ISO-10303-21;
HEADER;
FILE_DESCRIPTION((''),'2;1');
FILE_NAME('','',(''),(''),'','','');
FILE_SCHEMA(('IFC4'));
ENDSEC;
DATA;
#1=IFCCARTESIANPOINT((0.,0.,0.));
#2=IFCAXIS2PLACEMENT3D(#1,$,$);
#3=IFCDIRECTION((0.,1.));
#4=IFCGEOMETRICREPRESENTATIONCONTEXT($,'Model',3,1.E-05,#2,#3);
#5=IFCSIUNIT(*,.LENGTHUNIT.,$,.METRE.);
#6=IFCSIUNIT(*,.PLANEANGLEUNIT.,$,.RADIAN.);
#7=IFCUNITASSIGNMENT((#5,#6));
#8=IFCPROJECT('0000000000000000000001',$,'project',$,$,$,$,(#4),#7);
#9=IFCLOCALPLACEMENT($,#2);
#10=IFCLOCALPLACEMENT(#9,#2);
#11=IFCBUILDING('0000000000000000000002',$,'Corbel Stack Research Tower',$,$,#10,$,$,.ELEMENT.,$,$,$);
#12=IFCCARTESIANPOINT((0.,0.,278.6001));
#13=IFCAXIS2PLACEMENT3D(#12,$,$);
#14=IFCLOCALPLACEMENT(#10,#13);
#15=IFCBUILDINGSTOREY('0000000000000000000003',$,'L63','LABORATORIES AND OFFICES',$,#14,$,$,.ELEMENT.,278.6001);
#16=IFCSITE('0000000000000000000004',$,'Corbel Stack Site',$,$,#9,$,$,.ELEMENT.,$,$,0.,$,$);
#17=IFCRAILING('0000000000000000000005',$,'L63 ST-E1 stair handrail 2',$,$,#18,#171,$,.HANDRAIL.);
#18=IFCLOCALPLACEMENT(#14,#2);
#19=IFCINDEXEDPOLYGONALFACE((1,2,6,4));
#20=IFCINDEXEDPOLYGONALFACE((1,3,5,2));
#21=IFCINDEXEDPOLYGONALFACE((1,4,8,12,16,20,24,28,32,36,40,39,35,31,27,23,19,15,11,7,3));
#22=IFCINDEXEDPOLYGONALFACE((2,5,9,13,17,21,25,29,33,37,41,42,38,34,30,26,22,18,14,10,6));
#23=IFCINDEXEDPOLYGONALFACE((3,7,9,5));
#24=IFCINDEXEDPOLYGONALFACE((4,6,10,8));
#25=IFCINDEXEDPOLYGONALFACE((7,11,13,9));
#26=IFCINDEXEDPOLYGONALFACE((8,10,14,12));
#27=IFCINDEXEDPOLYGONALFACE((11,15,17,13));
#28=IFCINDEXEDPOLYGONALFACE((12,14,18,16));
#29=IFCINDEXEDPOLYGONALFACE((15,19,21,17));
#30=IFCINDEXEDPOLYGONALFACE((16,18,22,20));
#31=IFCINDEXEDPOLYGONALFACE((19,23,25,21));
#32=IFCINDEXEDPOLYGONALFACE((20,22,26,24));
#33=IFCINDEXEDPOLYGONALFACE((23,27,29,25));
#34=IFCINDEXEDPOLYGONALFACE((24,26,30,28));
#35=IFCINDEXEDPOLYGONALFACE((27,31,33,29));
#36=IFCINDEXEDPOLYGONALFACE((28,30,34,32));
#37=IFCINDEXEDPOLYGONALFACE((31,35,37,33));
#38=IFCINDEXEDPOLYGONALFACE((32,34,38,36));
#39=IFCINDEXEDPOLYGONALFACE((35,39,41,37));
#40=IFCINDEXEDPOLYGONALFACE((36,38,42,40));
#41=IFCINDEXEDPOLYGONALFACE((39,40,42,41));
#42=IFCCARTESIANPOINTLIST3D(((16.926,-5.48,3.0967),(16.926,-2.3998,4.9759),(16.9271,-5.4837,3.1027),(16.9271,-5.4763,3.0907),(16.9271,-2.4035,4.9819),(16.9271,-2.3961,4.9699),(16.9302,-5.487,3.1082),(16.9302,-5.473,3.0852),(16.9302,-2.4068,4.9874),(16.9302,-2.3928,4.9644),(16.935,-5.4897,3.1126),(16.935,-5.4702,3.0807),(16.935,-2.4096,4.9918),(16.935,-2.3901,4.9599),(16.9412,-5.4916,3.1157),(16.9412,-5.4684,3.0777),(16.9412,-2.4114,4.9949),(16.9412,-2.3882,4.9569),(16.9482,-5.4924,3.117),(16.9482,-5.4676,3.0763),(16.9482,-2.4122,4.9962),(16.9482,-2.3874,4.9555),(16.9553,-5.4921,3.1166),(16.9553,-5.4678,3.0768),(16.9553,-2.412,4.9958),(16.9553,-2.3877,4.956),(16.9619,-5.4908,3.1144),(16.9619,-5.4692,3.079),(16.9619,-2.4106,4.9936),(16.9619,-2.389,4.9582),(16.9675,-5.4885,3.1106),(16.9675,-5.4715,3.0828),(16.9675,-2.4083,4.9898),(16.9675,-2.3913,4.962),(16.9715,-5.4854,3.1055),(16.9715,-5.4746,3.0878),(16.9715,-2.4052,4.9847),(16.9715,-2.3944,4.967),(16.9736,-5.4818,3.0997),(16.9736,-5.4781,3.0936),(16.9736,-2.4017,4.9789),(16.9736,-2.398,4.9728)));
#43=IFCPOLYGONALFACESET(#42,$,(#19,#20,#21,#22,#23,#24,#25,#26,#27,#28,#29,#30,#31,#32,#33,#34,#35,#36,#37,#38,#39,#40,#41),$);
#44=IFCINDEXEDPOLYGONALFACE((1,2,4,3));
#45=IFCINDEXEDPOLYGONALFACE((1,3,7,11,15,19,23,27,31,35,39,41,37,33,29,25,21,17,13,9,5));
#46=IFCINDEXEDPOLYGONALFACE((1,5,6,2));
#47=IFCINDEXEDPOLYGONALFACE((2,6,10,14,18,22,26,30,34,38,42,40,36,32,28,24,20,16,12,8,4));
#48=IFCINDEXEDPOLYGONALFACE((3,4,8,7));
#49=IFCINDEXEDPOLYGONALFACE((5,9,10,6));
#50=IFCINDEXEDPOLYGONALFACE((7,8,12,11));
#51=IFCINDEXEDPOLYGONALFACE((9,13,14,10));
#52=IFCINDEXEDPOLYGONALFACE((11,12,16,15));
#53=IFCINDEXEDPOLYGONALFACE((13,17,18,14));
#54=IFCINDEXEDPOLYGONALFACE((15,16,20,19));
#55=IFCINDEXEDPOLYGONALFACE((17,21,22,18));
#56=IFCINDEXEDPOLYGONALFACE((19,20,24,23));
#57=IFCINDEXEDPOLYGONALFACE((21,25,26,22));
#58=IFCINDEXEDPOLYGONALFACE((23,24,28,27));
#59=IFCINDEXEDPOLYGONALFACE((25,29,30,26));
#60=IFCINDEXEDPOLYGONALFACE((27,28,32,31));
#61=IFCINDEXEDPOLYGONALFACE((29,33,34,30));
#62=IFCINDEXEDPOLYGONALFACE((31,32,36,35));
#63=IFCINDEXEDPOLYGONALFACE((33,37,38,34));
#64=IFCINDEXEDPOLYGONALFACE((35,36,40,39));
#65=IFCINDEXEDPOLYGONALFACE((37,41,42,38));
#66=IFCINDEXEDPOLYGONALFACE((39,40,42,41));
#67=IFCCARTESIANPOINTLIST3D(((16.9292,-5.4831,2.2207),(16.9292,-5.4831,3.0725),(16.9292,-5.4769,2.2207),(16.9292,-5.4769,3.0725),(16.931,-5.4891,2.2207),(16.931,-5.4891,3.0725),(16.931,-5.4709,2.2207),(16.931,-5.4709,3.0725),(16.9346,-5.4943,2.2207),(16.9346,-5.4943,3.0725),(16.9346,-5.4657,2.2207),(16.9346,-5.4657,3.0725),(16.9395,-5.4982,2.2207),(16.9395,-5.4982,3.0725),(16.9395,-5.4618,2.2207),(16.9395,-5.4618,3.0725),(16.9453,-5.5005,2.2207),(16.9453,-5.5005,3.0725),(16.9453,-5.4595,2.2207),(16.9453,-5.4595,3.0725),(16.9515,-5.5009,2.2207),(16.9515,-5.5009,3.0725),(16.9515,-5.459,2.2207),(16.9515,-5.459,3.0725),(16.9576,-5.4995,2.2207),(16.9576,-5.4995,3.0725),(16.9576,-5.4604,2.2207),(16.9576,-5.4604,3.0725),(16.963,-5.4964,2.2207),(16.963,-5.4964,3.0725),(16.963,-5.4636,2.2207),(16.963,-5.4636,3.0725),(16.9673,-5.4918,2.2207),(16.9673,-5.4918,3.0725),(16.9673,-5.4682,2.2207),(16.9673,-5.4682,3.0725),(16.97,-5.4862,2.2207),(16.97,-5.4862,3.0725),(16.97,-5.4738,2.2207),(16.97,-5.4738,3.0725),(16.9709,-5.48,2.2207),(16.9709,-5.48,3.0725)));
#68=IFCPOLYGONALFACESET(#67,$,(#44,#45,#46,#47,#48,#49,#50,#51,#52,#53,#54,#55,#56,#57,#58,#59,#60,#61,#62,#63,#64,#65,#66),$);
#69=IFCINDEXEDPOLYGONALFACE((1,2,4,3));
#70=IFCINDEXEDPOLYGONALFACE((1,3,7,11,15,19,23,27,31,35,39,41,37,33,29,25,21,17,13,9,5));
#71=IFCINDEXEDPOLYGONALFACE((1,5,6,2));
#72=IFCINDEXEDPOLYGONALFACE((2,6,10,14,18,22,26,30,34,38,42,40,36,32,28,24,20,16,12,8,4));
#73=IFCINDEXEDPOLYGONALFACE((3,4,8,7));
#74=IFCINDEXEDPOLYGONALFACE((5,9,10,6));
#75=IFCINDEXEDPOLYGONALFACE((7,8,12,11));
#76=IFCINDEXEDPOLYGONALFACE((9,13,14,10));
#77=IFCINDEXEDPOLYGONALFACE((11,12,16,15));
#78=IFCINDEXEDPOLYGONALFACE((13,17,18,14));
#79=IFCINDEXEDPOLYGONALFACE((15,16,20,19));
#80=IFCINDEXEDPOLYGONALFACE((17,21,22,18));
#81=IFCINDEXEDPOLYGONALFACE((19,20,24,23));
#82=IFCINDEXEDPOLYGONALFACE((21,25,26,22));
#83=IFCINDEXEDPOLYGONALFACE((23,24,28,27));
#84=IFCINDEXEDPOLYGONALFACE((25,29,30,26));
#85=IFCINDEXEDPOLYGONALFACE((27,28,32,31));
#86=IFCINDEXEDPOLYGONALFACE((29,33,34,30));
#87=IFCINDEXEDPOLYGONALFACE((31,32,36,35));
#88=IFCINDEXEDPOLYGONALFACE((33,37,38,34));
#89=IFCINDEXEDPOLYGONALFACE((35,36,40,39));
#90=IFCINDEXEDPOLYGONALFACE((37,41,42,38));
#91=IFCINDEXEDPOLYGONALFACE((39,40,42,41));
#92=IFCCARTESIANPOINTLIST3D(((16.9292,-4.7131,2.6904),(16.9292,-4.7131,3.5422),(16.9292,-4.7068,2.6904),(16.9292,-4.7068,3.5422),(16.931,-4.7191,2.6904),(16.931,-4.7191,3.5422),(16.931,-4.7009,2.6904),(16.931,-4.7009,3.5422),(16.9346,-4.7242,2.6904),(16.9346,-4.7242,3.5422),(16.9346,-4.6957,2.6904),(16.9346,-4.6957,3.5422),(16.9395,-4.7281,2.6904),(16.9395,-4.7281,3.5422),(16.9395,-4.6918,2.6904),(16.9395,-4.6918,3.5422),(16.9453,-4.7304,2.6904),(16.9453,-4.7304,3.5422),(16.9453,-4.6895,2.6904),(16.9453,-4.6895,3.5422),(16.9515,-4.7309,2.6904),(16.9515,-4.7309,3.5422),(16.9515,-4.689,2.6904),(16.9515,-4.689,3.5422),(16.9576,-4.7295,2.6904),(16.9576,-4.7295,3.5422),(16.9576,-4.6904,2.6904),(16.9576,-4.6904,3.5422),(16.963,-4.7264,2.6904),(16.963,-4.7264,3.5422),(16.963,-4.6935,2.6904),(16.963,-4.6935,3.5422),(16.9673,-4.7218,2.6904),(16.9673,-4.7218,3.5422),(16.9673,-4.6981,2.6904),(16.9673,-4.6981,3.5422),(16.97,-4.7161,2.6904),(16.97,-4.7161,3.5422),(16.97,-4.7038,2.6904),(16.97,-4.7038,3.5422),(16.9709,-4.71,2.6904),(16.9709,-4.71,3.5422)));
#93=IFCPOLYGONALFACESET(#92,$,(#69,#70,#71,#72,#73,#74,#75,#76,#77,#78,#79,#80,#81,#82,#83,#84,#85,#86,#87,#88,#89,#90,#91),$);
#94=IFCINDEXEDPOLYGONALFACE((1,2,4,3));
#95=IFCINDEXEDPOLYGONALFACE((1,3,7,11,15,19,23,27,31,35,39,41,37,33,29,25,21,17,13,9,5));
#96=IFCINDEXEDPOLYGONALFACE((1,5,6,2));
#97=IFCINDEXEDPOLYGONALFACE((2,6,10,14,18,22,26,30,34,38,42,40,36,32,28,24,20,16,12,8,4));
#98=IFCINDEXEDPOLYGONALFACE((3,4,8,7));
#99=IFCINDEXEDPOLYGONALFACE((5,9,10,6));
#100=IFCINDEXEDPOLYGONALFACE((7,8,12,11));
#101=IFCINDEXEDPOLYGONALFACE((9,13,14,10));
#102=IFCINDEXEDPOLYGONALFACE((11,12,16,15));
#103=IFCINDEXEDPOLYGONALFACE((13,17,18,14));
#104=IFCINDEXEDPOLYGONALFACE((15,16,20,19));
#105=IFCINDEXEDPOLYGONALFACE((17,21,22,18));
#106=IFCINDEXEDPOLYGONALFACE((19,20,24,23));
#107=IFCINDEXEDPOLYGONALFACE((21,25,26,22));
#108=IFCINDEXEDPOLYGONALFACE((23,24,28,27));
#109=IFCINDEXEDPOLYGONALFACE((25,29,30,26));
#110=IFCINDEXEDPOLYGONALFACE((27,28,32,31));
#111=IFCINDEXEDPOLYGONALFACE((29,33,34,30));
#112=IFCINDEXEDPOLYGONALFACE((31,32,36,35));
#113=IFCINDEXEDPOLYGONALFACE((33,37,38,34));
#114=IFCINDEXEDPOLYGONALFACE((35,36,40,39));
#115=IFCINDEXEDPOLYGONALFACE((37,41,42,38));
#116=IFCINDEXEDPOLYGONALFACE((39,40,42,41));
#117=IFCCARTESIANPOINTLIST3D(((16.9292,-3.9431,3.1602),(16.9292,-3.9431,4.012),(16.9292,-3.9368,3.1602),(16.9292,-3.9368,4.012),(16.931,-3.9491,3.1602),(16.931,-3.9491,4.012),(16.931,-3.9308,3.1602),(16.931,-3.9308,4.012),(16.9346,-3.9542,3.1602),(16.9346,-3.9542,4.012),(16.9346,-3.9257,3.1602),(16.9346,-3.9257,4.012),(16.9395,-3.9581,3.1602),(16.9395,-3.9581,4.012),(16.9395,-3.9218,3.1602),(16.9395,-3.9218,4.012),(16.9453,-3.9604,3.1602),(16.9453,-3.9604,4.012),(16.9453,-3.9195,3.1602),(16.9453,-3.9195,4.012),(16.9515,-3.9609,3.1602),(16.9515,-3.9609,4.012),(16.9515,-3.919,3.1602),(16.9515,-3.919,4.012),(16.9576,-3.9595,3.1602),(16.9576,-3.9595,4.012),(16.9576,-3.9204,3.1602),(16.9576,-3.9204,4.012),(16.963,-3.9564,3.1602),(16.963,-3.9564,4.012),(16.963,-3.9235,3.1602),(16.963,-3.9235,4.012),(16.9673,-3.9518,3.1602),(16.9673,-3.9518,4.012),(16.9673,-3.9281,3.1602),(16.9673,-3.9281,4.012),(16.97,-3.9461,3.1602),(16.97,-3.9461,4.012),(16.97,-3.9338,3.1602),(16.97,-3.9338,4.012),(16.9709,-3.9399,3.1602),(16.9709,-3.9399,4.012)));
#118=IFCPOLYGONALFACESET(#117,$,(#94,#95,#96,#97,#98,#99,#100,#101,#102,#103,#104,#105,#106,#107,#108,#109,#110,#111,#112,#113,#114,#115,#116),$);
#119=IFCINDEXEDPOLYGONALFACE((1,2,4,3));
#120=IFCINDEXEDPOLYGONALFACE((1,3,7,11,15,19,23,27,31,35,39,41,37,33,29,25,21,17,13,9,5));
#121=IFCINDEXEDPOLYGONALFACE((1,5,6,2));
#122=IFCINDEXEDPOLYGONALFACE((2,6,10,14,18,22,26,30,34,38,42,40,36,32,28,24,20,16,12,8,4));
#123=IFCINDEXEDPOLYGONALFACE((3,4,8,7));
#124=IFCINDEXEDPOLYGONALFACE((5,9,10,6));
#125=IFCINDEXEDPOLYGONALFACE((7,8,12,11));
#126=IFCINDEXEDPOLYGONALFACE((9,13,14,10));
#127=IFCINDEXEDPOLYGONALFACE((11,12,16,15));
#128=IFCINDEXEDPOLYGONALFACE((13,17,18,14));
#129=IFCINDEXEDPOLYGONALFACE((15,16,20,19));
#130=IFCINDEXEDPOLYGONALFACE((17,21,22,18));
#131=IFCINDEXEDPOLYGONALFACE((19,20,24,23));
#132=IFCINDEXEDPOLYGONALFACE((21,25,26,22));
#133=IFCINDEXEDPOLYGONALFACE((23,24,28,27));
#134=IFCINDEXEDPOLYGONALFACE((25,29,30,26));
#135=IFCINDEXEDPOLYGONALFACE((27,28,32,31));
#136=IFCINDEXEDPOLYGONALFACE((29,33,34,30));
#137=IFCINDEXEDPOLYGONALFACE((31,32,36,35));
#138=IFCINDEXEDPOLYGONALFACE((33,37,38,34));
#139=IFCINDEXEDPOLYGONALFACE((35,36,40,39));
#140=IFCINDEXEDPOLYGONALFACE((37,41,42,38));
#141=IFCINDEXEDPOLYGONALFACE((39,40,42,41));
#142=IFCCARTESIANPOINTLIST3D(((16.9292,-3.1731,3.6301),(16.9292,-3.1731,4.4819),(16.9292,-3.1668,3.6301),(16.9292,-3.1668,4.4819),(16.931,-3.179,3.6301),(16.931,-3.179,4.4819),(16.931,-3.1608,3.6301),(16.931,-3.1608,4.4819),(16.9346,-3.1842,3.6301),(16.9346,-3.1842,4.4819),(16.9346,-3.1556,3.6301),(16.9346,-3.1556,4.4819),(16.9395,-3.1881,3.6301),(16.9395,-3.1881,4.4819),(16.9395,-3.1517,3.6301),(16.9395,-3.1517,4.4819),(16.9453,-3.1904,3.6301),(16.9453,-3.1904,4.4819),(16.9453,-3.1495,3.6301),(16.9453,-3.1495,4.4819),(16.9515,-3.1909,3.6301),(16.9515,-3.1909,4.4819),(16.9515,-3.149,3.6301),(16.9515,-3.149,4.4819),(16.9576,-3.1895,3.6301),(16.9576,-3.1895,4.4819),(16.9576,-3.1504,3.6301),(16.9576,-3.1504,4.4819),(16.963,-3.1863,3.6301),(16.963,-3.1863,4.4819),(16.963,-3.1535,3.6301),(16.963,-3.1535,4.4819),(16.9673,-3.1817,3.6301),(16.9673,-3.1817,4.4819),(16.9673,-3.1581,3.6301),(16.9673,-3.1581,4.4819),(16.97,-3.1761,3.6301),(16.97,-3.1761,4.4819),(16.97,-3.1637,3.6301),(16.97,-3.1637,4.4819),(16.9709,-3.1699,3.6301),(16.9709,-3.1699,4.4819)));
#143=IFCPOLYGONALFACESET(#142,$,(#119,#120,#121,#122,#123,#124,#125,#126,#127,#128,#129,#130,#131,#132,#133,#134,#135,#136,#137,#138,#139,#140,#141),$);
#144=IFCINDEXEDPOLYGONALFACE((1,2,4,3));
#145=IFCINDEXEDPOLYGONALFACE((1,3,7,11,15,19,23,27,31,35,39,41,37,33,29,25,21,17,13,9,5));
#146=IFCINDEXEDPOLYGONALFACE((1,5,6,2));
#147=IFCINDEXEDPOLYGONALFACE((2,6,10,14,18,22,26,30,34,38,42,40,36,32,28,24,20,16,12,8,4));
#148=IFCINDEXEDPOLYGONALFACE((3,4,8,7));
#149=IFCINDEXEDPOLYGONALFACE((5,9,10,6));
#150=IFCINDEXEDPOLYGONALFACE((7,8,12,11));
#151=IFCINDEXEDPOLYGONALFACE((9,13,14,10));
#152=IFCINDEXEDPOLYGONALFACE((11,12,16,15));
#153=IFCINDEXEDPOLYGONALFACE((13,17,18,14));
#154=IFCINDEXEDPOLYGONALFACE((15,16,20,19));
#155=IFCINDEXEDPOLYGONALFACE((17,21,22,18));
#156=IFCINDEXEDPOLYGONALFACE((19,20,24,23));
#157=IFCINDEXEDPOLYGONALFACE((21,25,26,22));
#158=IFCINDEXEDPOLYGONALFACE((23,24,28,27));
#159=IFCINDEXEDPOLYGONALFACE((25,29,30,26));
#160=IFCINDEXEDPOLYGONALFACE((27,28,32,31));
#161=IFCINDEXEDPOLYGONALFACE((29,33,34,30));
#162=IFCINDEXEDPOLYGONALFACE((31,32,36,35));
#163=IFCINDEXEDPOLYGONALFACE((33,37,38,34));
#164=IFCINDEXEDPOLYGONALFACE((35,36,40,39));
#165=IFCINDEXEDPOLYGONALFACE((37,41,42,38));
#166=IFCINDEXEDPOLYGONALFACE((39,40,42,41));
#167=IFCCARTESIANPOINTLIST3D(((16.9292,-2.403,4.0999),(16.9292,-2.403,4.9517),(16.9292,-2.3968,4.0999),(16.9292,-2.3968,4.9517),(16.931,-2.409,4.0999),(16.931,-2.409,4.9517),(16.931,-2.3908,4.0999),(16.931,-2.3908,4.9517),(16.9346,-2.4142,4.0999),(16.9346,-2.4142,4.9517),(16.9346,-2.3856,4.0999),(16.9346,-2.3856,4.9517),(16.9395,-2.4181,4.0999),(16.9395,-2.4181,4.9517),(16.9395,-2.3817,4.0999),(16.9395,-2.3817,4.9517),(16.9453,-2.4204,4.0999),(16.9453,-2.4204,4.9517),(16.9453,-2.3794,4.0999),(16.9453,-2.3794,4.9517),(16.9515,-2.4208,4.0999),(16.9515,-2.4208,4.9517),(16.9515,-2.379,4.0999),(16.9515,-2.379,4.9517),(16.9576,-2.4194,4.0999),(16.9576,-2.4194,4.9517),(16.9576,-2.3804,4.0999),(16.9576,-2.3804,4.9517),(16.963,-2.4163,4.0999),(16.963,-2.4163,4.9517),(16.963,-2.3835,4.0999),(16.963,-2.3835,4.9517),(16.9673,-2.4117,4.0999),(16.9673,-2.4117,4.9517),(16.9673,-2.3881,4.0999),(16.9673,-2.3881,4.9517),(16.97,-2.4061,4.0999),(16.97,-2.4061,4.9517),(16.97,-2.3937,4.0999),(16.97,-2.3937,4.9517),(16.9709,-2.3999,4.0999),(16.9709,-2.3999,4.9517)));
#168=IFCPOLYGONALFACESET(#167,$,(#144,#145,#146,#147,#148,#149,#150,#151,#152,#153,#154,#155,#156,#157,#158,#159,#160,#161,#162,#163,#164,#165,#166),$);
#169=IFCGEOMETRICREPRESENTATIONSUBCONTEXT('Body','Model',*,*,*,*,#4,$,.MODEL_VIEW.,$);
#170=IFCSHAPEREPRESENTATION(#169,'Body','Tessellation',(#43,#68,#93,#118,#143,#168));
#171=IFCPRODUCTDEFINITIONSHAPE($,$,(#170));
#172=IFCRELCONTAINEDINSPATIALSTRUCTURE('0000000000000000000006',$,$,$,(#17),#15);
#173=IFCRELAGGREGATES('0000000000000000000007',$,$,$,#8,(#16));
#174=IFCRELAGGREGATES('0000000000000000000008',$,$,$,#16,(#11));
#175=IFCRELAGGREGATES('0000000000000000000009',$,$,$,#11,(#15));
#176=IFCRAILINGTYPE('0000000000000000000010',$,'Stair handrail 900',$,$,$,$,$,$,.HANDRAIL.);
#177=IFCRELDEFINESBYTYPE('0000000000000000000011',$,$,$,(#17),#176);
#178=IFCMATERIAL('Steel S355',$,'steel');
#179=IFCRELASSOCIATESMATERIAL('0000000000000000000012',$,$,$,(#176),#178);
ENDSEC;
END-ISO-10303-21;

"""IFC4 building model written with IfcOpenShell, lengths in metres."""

from ifc_helpers import new_model, si_unit, direction, frame, origin, origin_2d, place, context, subcontext, project, spatial, circle, extrude, material, type_object, element, save


model = new_model("IFC4")

# Units and contexts
model_context = context("Model", 3, precision=1e-05, world=origin(), true_north=direction((0.0, 1.0)))
body_context = subcontext(model_context, "Body", "Model", "MODEL_VIEW")
ifc_project = project(units=[si_unit("LENGTHUNIT", "METRE"), si_unit("PLANEANGLEUNIT", "RADIAN")], contexts=[model_context])

# Site, building, storey
site_placement = place(None, origin())
site = spatial("IfcSite", under=ifc_project, at=site_placement, Name="Corbel Stack Site", CompositionType="ELEMENT", RefElevation=0.0)
building_placement = place(site_placement, origin())
building = spatial("IfcBuilding", under=site, at=building_placement, Name="Corbel Stack Research Tower", CompositionType="ELEMENT")
storey_placement = place(building_placement, frame((0.0, 0.0, 278.6001)))
storey = spatial("IfcBuildingStorey", under=building, at=storey_placement, Name="L63", Description="LABORATORIES AND OFFICES", CompositionType="ELEMENT", Elevation=278.6001)

# Railing
ifc_material_1 = material(Name="Steel S355", Category="steel")
railing_type_1 = type_object("IfcRailingType", Name="Stair handrail 900", PredefinedType="HANDRAIL", material=ifc_material_1)
railing_1_placement = place(storey_placement, frame((16.95, -5.48, 2.2207)))
element("IfcRailing", 1, at=railing_1_placement, inside=storey, type_object=railing_type_1, Name="L63 ST-E1 stair handrail 2", PredefinedType="HANDRAIL", context=body_context, shape_type="SweptSolid", body=[
    extrude(circle(Radius=0.0239, at=origin_2d()), frame((0.0, 0.0, 0.876), z_axis=(0.0, 0.853666, 0.52082), x_axis=(-1.0, 0.0, 0.0)), (0.0, 0.0, 1.0), 3.6082),
    extrude(circle(Radius=0.021, at=origin_2d()), origin(), (0.0, 0.0, 1.0), 0.8518),
    extrude(circle(Radius=0.021, at=origin_2d()), frame((0.0, 0.77, 0.4697)), (0.0, 0.0, 1.0), 0.8518),
    extrude(circle(Radius=0.021, at=origin_2d()), frame((0.0, 1.54, 0.9395)), (0.0, 0.0, 1.0), 0.8518),
    extrude(circle(Radius=0.021, at=origin_2d()), frame((0.0, 2.3101, 1.4094)), (0.0, 0.0, 1.0), 0.8518),
    extrude(circle(Radius=0.021, at=origin_2d()), frame((0.0, 3.0801, 1.8792)), (0.0, 0.0, 1.0), 0.8518),
])

save(model, "model.ifc")
